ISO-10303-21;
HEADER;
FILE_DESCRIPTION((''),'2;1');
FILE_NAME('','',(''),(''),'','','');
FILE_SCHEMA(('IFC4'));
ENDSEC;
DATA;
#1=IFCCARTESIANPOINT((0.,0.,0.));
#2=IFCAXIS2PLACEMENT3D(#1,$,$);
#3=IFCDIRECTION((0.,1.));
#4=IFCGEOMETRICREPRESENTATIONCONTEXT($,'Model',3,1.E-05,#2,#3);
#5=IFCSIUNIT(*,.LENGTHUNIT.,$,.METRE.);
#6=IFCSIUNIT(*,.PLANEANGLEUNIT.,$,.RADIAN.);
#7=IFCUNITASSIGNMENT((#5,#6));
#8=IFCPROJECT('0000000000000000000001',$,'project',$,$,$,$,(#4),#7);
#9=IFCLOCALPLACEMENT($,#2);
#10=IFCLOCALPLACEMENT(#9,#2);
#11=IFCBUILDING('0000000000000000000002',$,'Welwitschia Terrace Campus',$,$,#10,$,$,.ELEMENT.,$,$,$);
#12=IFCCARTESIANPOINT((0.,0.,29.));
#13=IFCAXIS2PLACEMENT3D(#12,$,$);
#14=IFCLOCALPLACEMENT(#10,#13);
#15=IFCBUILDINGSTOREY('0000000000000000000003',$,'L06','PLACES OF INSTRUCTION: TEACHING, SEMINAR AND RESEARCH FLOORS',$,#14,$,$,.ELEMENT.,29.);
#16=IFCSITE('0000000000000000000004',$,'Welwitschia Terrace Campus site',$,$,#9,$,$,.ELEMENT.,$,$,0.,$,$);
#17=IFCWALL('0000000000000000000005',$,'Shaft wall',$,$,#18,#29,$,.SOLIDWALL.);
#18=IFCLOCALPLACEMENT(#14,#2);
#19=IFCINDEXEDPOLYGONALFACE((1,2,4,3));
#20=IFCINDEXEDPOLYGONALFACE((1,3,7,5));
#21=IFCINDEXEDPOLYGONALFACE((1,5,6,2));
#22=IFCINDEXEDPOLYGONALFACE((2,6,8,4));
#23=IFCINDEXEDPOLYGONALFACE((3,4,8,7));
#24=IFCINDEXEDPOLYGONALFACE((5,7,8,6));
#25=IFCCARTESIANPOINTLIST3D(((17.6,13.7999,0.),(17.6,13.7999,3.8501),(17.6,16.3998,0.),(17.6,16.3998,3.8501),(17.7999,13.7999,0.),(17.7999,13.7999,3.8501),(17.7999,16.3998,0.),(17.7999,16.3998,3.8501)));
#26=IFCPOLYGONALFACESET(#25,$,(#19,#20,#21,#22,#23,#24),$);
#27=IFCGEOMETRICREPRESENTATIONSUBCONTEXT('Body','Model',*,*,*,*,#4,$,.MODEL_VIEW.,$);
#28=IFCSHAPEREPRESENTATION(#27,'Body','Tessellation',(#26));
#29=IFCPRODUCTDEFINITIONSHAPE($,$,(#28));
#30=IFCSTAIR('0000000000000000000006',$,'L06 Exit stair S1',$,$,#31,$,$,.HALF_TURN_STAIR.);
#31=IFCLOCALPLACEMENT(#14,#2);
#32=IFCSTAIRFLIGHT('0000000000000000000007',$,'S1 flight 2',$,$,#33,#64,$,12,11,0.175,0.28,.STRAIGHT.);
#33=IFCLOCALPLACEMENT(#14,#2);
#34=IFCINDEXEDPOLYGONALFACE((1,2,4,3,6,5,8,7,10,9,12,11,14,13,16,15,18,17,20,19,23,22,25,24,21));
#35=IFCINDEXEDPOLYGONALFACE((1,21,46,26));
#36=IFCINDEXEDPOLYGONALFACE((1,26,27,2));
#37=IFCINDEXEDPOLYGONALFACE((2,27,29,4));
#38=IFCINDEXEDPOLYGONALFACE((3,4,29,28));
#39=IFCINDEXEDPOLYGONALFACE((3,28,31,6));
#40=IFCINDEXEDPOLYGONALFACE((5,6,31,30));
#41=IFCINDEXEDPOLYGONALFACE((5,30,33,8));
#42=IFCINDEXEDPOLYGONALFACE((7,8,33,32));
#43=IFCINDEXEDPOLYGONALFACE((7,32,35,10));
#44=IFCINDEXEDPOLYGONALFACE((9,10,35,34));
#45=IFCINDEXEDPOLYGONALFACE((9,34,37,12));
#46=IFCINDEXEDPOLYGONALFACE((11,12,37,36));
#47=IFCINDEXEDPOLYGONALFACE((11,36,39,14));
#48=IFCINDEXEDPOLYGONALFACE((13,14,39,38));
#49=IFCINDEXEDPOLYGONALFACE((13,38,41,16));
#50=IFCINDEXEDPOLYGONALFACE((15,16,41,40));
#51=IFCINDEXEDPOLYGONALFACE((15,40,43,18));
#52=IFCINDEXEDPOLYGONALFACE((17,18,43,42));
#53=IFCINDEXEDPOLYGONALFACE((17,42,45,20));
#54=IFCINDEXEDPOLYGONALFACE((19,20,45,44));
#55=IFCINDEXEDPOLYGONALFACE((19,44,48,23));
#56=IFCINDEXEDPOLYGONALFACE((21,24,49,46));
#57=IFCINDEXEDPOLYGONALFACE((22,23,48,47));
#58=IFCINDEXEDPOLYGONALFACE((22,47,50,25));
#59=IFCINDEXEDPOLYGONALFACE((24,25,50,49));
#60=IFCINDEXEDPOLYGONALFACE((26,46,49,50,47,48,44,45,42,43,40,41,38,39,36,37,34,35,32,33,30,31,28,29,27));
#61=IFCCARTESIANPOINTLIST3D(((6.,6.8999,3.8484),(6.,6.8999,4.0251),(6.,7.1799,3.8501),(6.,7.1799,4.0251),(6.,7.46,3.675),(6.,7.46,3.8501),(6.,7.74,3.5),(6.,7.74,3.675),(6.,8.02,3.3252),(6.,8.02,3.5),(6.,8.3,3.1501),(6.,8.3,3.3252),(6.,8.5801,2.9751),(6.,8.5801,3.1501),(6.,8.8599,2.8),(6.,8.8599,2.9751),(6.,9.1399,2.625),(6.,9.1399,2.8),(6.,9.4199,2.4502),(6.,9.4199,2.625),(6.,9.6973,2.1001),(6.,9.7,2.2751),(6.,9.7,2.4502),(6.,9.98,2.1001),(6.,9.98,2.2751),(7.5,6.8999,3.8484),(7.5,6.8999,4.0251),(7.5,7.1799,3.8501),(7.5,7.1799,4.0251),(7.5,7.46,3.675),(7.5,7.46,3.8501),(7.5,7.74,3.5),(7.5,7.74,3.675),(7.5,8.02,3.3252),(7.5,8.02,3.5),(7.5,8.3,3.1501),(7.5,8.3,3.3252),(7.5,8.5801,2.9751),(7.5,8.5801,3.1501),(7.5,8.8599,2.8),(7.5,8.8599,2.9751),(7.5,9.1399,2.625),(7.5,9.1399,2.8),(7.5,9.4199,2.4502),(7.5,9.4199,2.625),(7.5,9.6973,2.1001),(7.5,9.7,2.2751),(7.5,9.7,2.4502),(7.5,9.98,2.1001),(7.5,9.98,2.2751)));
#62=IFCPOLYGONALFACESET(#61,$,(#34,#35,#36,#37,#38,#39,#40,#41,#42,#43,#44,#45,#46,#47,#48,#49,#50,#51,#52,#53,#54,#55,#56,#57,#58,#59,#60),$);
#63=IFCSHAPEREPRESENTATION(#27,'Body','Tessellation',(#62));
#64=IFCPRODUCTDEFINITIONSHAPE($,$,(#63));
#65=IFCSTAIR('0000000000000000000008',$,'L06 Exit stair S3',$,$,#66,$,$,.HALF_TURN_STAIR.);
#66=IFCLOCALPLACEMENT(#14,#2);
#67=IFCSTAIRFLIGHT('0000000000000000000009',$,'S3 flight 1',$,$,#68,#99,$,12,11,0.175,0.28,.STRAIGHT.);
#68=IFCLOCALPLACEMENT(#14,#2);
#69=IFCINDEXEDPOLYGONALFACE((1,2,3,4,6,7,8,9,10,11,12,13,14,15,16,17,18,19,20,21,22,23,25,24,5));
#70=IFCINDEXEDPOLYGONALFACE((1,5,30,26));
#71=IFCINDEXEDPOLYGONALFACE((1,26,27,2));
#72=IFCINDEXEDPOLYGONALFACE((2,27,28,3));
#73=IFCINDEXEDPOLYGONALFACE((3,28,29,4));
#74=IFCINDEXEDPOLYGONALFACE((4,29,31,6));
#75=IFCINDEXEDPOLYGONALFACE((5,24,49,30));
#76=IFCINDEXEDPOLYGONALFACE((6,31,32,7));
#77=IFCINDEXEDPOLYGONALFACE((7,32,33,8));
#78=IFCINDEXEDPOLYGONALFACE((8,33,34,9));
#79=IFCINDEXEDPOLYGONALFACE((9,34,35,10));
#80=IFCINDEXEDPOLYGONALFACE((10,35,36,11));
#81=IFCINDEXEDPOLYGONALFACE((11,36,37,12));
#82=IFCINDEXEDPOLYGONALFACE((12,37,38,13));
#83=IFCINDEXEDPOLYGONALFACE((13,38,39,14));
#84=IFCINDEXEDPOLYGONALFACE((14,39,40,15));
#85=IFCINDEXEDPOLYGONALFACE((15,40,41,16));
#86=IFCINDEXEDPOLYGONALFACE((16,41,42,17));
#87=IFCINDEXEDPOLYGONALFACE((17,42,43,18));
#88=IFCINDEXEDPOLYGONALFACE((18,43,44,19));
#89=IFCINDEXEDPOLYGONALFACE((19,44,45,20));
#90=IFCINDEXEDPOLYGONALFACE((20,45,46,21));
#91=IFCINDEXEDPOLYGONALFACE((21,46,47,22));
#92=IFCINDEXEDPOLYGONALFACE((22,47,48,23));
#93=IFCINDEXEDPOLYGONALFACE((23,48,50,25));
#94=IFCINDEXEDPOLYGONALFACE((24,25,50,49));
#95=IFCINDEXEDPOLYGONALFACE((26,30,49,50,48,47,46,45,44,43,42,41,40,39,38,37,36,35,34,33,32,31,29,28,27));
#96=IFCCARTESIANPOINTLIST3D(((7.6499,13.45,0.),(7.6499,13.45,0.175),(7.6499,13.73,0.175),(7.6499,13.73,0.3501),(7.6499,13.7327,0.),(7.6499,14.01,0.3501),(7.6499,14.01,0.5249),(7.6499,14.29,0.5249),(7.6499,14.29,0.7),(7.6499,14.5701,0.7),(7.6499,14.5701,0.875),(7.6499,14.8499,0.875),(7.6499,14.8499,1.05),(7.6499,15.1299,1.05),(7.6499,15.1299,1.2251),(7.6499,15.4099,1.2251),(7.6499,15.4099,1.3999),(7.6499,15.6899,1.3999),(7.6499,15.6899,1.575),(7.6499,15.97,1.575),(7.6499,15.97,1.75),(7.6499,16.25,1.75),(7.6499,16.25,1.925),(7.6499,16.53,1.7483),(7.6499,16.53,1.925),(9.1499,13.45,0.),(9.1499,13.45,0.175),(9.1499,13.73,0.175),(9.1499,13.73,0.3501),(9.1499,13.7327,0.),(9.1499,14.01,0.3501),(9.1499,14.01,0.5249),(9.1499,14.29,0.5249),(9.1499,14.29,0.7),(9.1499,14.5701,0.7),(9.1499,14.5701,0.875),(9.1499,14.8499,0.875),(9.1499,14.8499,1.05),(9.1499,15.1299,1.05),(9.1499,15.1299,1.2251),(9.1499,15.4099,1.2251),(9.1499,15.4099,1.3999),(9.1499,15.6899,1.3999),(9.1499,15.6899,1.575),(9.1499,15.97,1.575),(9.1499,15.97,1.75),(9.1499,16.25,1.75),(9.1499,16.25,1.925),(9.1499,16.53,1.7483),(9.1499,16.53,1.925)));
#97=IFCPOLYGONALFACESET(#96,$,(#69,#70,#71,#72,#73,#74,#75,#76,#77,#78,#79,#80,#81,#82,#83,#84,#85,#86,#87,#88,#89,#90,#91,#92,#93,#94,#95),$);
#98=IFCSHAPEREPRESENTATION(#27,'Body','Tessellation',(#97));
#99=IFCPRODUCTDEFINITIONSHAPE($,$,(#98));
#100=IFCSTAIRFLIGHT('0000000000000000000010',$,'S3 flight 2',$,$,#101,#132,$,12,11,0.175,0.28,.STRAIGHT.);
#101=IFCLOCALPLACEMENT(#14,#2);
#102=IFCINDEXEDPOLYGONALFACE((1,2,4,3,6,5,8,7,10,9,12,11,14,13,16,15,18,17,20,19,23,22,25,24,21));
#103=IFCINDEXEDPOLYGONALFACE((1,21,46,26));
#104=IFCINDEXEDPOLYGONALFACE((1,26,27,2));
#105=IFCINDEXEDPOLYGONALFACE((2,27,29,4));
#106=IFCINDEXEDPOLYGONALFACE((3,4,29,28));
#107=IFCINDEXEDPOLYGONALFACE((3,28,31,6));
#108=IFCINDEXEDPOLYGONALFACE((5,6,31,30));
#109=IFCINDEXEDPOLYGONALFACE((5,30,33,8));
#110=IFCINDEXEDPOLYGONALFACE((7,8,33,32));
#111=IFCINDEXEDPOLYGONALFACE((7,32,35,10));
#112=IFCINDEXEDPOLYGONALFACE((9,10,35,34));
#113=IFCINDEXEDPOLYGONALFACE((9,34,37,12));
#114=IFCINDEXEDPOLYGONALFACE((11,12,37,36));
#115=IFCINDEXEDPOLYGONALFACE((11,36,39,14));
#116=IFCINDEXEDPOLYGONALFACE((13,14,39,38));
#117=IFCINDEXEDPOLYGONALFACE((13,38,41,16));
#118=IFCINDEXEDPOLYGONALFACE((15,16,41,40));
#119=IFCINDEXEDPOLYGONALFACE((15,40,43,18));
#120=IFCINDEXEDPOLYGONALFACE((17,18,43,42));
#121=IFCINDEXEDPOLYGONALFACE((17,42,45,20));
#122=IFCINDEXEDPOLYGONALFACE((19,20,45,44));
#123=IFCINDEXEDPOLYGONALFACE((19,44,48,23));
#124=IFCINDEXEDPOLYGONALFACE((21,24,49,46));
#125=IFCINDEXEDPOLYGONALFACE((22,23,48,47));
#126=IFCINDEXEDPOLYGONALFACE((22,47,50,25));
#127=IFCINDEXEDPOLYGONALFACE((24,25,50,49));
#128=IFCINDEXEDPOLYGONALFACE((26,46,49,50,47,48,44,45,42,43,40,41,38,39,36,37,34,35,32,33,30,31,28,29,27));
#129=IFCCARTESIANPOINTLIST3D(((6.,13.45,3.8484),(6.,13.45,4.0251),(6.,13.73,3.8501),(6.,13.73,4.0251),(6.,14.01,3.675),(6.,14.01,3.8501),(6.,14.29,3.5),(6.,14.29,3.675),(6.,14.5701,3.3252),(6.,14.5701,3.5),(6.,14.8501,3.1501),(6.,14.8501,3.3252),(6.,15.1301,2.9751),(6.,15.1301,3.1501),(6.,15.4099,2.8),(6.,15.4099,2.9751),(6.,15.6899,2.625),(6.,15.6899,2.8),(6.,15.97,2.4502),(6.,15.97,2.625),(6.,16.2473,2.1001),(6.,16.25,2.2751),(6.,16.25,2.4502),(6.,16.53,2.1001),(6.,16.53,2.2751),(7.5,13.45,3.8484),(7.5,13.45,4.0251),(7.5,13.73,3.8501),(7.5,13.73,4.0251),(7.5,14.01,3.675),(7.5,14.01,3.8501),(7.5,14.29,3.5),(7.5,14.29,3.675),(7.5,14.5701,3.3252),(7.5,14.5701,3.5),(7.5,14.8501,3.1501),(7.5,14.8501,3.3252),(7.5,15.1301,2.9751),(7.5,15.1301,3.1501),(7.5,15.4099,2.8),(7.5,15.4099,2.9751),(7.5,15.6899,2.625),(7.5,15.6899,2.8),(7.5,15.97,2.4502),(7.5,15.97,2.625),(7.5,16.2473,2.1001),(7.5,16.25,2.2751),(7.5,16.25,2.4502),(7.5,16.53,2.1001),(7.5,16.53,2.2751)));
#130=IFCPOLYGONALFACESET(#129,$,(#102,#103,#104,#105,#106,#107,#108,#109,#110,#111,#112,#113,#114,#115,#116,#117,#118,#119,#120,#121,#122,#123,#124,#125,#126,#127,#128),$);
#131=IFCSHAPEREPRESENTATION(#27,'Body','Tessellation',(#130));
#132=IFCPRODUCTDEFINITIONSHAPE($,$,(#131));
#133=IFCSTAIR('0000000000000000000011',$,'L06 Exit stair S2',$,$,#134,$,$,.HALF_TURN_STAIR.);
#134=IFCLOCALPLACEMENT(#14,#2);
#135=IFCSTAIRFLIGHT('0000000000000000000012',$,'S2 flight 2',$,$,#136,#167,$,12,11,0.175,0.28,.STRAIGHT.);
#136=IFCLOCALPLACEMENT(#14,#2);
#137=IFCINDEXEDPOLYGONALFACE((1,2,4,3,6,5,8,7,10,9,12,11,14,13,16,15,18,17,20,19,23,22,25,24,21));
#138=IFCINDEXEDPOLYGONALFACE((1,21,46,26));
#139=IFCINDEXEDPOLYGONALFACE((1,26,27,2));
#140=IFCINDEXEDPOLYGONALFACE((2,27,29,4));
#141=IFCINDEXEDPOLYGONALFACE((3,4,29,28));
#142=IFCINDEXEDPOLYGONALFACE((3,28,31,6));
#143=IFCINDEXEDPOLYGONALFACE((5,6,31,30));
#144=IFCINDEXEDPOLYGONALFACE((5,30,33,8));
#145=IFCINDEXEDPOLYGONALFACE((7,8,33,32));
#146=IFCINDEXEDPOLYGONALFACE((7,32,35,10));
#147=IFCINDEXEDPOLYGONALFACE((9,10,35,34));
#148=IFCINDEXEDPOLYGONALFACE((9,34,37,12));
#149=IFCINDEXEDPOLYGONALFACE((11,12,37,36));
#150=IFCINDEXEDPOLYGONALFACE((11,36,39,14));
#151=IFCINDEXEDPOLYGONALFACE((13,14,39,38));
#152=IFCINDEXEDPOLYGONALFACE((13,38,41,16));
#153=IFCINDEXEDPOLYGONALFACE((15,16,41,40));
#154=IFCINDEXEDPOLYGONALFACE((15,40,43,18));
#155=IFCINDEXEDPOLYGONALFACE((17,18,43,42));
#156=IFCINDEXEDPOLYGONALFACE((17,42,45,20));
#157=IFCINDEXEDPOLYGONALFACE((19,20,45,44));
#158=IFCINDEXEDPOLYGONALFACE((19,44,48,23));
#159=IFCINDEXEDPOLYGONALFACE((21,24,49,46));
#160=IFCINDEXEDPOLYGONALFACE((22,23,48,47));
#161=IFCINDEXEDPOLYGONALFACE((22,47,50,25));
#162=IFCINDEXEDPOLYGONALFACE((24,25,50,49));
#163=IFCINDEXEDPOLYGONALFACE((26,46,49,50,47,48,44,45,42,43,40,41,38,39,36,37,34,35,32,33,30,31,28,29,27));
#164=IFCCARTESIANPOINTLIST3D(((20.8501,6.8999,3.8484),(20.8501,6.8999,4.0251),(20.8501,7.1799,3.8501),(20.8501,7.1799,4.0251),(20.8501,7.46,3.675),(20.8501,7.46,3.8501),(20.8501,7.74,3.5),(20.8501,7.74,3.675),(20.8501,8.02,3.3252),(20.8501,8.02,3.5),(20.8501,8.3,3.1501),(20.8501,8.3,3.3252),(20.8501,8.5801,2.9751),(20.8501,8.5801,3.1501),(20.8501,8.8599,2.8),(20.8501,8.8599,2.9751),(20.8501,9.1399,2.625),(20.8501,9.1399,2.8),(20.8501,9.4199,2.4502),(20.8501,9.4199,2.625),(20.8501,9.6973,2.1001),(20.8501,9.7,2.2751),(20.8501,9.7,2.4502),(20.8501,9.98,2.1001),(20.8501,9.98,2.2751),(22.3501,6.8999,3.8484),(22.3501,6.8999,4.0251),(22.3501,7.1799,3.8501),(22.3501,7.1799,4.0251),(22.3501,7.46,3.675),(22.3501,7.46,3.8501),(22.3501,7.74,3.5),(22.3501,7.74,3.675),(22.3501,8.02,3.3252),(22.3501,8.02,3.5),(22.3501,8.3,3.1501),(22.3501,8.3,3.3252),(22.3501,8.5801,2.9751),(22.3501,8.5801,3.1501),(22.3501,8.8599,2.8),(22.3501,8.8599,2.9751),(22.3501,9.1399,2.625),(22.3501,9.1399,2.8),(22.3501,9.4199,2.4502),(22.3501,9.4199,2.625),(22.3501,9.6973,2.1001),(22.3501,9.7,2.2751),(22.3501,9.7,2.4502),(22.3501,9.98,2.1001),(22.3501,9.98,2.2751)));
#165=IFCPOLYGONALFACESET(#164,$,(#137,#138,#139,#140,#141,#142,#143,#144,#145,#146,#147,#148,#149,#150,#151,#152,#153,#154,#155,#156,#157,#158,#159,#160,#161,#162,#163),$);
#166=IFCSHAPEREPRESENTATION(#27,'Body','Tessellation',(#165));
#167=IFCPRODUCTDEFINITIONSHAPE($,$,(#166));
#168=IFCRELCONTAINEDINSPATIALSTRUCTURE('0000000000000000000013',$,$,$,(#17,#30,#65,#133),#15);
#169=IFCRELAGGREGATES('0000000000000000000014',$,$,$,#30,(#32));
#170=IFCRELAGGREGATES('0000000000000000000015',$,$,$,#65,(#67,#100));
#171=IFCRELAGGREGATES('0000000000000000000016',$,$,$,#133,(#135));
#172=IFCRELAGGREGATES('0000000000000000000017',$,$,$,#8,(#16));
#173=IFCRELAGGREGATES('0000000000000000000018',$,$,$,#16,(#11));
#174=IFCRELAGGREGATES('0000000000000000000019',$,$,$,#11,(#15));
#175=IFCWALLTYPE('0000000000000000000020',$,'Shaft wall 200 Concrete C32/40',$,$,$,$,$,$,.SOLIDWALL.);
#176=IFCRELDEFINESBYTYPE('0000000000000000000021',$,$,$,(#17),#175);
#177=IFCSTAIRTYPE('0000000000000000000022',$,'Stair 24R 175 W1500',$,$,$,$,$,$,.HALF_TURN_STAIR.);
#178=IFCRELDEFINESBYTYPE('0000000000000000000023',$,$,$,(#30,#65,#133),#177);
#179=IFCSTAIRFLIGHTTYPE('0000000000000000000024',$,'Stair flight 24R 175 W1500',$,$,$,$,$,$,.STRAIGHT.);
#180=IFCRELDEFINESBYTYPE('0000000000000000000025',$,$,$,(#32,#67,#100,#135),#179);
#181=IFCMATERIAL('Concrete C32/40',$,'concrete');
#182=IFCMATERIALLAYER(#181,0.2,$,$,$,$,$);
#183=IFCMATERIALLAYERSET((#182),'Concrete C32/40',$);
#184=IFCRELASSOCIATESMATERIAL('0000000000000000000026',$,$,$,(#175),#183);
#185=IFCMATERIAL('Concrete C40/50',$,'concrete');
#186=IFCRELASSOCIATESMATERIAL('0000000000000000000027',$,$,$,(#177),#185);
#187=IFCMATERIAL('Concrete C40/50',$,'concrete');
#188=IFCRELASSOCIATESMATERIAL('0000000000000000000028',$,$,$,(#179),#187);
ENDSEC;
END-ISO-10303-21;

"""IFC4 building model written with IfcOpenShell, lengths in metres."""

from ifc_helpers import new_model, si_unit, direction, frame, frame_2d, origin, place, context, subcontext, project, spatial, polyline, rectangle, outline, extrude, material, layer, layer_set, type_object, element, aggregate, save


model = new_model("IFC4")

# Units and contexts
model_context = context("Model", 3, precision=1e-05, world=origin(), true_north=direction((0.0, 1.0)))
body_context = subcontext(model_context, "Body", "Model", "MODEL_VIEW")
ifc_project = project(units=[si_unit("LENGTHUNIT", "METRE"), si_unit("PLANEANGLEUNIT", "RADIAN")], contexts=[model_context])

# Site, building, storey
site_placement = place(None, origin())
site = spatial("IfcSite", under=ifc_project, at=site_placement, Name="Welwitschia Terrace Campus site", CompositionType="ELEMENT", RefElevation=0.0)
building_placement = place(site_placement, origin())
building = spatial("IfcBuilding", under=site, at=building_placement, Name="Welwitschia Terrace Campus", CompositionType="ELEMENT")
storey_placement = place(building_placement, frame((0.0, 0.0, 29.0)))
storey = spatial("IfcBuildingStorey", under=building, at=storey_placement, Name="L06", Description="PLACES OF INSTRUCTION: TEACHING, SEMINAR AND RESEARCH FLOORS", CompositionType="ELEMENT", Elevation=29.0)

# Wall
ifc_material_1 = material(Name="Concrete C32/40", Category="concrete")
ifc_layer_1 = layer(ifc_material_1, 0.2)
ifc_layer_set_1 = layer_set([ifc_layer_1], Name="Concrete C32/40")
wall_type_1 = type_object("IfcWallType", Name="Shaft wall 200 Concrete C32/40", PredefinedType="SOLIDWALL", material=ifc_layer_set_1)
for number, where, z_axis, x_axis, name in (
    (1, (17.7, 13.8, 0.0), (0.0, 0.0, 1.0), (0.0, 1.0, 0.0), "Shaft wall"),
):
    element("IfcWall", number, at=place(storey_placement, frame(where, z_axis=z_axis, x_axis=x_axis)), inside=storey, type_object=wall_type_1, Name=name, PredefinedType="SOLIDWALL", context=body_context, shape_type="SweptSolid", body=[
        extrude(rectangle(XDim=2.5999, YDim=0.2, at=frame_2d((1.2998, 0.0))), origin(), (0.0, 0.0, 1.0), 3.8501),
    ])

# Stair, stair flight
ifc_material_2 = material(Name="Concrete C40/50", Category="concrete")
stair_type = type_object("IfcStairType", Name="Stair 24R 175 W1500", PredefinedType="HALF_TURN_STAIR", material=ifc_material_2)
stair_1_placement = place(storey_placement, origin())
stair_1 = element("IfcStair", 2, at=stair_1_placement, inside=storey, type_object=stair_type, Name="L06 Exit stair S1", PredefinedType="HALF_TURN_STAIR")
ifc_material_3 = material(Name="Concrete C40/50", Category="concrete")
stair_flight_type = type_object("IfcStairFlightType", Name="Stair flight 24R 175 W1500", PredefinedType="STRAIGHT", material=ifc_material_3)
stair_flight_1_placement = place(storey_placement, frame((6.75, 9.98, 2.1001), z_axis=(0.0, 0.0, 1.0), x_axis=(0.0, -1.0, 0.0)))
stair_flight_1 = element("IfcStairFlight", 3, at=stair_flight_1_placement, type_object=stair_flight_type, Name="S1 flight 2", NumberOfRisers=12, NumberOfTreads=11, PredefinedType="STRAIGHT", RiserHeight=0.175, TreadLength=0.28, context=body_context, shape_type="SweptSolid", body=[
    extrude(outline(polyline([(0.0, 0.0), (0.0, 0.175), (0.28, 0.175), (0.28, 0.3501), (0.5601, 0.3501), (0.5601, 0.5249), (0.8401, 0.5249), (0.8401, 0.7), (1.1201, 0.7), (1.1201, 0.875), (1.3999, 0.875), (1.3999, 1.05), (1.6799, 1.05), (1.6799, 1.2251), (1.96, 1.2251), (1.96, 1.3999), (2.24, 1.3999), (2.24, 1.575), (2.52, 1.575), (2.52, 1.75), (2.8, 1.75), (2.8, 1.925), (3.0801, 1.925), (3.0801, 2.1001), (3.0801, 1.7483), (0.2827, 0.0), (0.0, 0.0)])), frame((0.0, 0.75, 0.0), z_axis=(0.0, -1.0, 0.0), x_axis=(1.0, 0.0, 0.0)), (0.0, 0.0, 1.0), 1.5),
])
aggregate(stair_1, [stair_flight_1])

# Stair, stair flights
stair_2_placement = place(storey_placement, origin())
stair_2 = element("IfcStair", 4, at=stair_2_placement, inside=storey, type_object=stair_type, Name="L06 Exit stair S3", PredefinedType="HALF_TURN_STAIR")
stair_flight_2_placement = place(storey_placement, frame((8.3999, 13.45, 0.0), z_axis=(0.0, 0.0, 1.0), x_axis=(0.0, 1.0, 0.0)))
stair_flight_2 = element("IfcStairFlight", 5, at=stair_flight_2_placement, type_object=stair_flight_type, Name="S3 flight 1", NumberOfRisers=12, NumberOfTreads=11, PredefinedType="STRAIGHT", RiserHeight=0.175, TreadLength=0.28, context=body_context, shape_type="SweptSolid", body=[
    extrude(outline(polyline([(0.0, 0.0), (0.0, 0.175), (0.28, 0.175), (0.28, 0.3501), (0.5601, 0.3501), (0.5601, 0.5249), (0.8401, 0.5249), (0.8401, 0.7), (1.1201, 0.7), (1.1201, 0.875), (1.3999, 0.875), (1.3999, 1.05), (1.6799, 1.05), (1.6799, 1.2251), (1.96, 1.2251), (1.96, 1.3999), (2.24, 1.3999), (2.24, 1.575), (2.52, 1.575), (2.52, 1.75), (2.8, 1.75), (2.8, 1.925), (3.0801, 1.925), (3.0801, 2.1001), (3.0801, 1.7483), (0.2827, 0.0), (0.0, 0.0)])), frame((0.0, 0.75, 0.0), z_axis=(0.0, -1.0, 0.0), x_axis=(1.0, 0.0, 0.0)), (0.0, 0.0, 1.0), 1.5),
])
stair_flight_3_placement = place(storey_placement, frame((6.75, 16.53, 2.1001), z_axis=(0.0, 0.0, 1.0), x_axis=(0.0, -1.0, 0.0)))
stair_flight_3 = element("IfcStairFlight", 6, at=stair_flight_3_placement, type_object=stair_flight_type, Name="S3 flight 2", NumberOfRisers=12, NumberOfTreads=11, PredefinedType="STRAIGHT", RiserHeight=0.175, TreadLength=0.28, context=body_context, shape_type="SweptSolid", body=[
    extrude(outline(polyline([(0.0, 0.0), (0.0, 0.175), (0.28, 0.175), (0.28, 0.3501), (0.5601, 0.3501), (0.5601, 0.5249), (0.8401, 0.5249), (0.8401, 0.7), (1.1201, 0.7), (1.1201, 0.875), (1.3999, 0.875), (1.3999, 1.05), (1.6799, 1.05), (1.6799, 1.2251), (1.96, 1.2251), (1.96, 1.3999), (2.24, 1.3999), (2.24, 1.575), (2.52, 1.575), (2.52, 1.75), (2.8, 1.75), (2.8, 1.925), (3.0801, 1.925), (3.0801, 2.1001), (3.0801, 1.7483), (0.2827, 0.0), (0.0, 0.0)])), frame((0.0, 0.75, 0.0), z_axis=(0.0, -1.0, 0.0), x_axis=(1.0, 0.0, 0.0)), (0.0, 0.0, 1.0), 1.5),
])
aggregate(stair_2, [stair_flight_2, stair_flight_3])

# Stair, stair flight
stair_3_placement = place(storey_placement, origin())
stair_3 = element("IfcStair", 7, at=stair_3_placement, inside=storey, type_object=stair_type, Name="L06 Exit stair S2", PredefinedType="HALF_TURN_STAIR")
stair_flight_4_placement = place(storey_placement, frame((21.6001, 9.98, 2.1001), z_axis=(0.0, 0.0, 1.0), x_axis=(0.0, -1.0, 0.0)))
stair_flight_4 = element("IfcStairFlight", 8, at=stair_flight_4_placement, type_object=stair_flight_type, Name="S2 flight 2", NumberOfRisers=12, NumberOfTreads=11, PredefinedType="STRAIGHT", RiserHeight=0.175, TreadLength=0.28, context=body_context, shape_type="SweptSolid", body=[
    extrude(outline(polyline([(0.0, 0.0), (0.0, 0.175), (0.28, 0.175), (0.28, 0.3501), (0.5601, 0.3501), (0.5601, 0.5249), (0.8401, 0.5249), (0.8401, 0.7), (1.1201, 0.7), (1.1201, 0.875), (1.3999, 0.875), (1.3999, 1.05), (1.6799, 1.05), (1.6799, 1.2251), (1.96, 1.2251), (1.96, 1.3999), (2.24, 1.3999), (2.24, 1.575), (2.52, 1.575), (2.52, 1.75), (2.8, 1.75), (2.8, 1.925), (3.0801, 1.925), (3.0801, 2.1001), (3.0801, 1.7483), (0.2827, 0.0), (0.0, 0.0)])), frame((0.0, 0.75, 0.0), z_axis=(0.0, -1.0, 0.0), x_axis=(1.0, 0.0, 0.0)), (0.0, 0.0, 1.0), 1.5),
])
aggregate(stair_3, [stair_flight_4])

save(model, "model.ifc")
